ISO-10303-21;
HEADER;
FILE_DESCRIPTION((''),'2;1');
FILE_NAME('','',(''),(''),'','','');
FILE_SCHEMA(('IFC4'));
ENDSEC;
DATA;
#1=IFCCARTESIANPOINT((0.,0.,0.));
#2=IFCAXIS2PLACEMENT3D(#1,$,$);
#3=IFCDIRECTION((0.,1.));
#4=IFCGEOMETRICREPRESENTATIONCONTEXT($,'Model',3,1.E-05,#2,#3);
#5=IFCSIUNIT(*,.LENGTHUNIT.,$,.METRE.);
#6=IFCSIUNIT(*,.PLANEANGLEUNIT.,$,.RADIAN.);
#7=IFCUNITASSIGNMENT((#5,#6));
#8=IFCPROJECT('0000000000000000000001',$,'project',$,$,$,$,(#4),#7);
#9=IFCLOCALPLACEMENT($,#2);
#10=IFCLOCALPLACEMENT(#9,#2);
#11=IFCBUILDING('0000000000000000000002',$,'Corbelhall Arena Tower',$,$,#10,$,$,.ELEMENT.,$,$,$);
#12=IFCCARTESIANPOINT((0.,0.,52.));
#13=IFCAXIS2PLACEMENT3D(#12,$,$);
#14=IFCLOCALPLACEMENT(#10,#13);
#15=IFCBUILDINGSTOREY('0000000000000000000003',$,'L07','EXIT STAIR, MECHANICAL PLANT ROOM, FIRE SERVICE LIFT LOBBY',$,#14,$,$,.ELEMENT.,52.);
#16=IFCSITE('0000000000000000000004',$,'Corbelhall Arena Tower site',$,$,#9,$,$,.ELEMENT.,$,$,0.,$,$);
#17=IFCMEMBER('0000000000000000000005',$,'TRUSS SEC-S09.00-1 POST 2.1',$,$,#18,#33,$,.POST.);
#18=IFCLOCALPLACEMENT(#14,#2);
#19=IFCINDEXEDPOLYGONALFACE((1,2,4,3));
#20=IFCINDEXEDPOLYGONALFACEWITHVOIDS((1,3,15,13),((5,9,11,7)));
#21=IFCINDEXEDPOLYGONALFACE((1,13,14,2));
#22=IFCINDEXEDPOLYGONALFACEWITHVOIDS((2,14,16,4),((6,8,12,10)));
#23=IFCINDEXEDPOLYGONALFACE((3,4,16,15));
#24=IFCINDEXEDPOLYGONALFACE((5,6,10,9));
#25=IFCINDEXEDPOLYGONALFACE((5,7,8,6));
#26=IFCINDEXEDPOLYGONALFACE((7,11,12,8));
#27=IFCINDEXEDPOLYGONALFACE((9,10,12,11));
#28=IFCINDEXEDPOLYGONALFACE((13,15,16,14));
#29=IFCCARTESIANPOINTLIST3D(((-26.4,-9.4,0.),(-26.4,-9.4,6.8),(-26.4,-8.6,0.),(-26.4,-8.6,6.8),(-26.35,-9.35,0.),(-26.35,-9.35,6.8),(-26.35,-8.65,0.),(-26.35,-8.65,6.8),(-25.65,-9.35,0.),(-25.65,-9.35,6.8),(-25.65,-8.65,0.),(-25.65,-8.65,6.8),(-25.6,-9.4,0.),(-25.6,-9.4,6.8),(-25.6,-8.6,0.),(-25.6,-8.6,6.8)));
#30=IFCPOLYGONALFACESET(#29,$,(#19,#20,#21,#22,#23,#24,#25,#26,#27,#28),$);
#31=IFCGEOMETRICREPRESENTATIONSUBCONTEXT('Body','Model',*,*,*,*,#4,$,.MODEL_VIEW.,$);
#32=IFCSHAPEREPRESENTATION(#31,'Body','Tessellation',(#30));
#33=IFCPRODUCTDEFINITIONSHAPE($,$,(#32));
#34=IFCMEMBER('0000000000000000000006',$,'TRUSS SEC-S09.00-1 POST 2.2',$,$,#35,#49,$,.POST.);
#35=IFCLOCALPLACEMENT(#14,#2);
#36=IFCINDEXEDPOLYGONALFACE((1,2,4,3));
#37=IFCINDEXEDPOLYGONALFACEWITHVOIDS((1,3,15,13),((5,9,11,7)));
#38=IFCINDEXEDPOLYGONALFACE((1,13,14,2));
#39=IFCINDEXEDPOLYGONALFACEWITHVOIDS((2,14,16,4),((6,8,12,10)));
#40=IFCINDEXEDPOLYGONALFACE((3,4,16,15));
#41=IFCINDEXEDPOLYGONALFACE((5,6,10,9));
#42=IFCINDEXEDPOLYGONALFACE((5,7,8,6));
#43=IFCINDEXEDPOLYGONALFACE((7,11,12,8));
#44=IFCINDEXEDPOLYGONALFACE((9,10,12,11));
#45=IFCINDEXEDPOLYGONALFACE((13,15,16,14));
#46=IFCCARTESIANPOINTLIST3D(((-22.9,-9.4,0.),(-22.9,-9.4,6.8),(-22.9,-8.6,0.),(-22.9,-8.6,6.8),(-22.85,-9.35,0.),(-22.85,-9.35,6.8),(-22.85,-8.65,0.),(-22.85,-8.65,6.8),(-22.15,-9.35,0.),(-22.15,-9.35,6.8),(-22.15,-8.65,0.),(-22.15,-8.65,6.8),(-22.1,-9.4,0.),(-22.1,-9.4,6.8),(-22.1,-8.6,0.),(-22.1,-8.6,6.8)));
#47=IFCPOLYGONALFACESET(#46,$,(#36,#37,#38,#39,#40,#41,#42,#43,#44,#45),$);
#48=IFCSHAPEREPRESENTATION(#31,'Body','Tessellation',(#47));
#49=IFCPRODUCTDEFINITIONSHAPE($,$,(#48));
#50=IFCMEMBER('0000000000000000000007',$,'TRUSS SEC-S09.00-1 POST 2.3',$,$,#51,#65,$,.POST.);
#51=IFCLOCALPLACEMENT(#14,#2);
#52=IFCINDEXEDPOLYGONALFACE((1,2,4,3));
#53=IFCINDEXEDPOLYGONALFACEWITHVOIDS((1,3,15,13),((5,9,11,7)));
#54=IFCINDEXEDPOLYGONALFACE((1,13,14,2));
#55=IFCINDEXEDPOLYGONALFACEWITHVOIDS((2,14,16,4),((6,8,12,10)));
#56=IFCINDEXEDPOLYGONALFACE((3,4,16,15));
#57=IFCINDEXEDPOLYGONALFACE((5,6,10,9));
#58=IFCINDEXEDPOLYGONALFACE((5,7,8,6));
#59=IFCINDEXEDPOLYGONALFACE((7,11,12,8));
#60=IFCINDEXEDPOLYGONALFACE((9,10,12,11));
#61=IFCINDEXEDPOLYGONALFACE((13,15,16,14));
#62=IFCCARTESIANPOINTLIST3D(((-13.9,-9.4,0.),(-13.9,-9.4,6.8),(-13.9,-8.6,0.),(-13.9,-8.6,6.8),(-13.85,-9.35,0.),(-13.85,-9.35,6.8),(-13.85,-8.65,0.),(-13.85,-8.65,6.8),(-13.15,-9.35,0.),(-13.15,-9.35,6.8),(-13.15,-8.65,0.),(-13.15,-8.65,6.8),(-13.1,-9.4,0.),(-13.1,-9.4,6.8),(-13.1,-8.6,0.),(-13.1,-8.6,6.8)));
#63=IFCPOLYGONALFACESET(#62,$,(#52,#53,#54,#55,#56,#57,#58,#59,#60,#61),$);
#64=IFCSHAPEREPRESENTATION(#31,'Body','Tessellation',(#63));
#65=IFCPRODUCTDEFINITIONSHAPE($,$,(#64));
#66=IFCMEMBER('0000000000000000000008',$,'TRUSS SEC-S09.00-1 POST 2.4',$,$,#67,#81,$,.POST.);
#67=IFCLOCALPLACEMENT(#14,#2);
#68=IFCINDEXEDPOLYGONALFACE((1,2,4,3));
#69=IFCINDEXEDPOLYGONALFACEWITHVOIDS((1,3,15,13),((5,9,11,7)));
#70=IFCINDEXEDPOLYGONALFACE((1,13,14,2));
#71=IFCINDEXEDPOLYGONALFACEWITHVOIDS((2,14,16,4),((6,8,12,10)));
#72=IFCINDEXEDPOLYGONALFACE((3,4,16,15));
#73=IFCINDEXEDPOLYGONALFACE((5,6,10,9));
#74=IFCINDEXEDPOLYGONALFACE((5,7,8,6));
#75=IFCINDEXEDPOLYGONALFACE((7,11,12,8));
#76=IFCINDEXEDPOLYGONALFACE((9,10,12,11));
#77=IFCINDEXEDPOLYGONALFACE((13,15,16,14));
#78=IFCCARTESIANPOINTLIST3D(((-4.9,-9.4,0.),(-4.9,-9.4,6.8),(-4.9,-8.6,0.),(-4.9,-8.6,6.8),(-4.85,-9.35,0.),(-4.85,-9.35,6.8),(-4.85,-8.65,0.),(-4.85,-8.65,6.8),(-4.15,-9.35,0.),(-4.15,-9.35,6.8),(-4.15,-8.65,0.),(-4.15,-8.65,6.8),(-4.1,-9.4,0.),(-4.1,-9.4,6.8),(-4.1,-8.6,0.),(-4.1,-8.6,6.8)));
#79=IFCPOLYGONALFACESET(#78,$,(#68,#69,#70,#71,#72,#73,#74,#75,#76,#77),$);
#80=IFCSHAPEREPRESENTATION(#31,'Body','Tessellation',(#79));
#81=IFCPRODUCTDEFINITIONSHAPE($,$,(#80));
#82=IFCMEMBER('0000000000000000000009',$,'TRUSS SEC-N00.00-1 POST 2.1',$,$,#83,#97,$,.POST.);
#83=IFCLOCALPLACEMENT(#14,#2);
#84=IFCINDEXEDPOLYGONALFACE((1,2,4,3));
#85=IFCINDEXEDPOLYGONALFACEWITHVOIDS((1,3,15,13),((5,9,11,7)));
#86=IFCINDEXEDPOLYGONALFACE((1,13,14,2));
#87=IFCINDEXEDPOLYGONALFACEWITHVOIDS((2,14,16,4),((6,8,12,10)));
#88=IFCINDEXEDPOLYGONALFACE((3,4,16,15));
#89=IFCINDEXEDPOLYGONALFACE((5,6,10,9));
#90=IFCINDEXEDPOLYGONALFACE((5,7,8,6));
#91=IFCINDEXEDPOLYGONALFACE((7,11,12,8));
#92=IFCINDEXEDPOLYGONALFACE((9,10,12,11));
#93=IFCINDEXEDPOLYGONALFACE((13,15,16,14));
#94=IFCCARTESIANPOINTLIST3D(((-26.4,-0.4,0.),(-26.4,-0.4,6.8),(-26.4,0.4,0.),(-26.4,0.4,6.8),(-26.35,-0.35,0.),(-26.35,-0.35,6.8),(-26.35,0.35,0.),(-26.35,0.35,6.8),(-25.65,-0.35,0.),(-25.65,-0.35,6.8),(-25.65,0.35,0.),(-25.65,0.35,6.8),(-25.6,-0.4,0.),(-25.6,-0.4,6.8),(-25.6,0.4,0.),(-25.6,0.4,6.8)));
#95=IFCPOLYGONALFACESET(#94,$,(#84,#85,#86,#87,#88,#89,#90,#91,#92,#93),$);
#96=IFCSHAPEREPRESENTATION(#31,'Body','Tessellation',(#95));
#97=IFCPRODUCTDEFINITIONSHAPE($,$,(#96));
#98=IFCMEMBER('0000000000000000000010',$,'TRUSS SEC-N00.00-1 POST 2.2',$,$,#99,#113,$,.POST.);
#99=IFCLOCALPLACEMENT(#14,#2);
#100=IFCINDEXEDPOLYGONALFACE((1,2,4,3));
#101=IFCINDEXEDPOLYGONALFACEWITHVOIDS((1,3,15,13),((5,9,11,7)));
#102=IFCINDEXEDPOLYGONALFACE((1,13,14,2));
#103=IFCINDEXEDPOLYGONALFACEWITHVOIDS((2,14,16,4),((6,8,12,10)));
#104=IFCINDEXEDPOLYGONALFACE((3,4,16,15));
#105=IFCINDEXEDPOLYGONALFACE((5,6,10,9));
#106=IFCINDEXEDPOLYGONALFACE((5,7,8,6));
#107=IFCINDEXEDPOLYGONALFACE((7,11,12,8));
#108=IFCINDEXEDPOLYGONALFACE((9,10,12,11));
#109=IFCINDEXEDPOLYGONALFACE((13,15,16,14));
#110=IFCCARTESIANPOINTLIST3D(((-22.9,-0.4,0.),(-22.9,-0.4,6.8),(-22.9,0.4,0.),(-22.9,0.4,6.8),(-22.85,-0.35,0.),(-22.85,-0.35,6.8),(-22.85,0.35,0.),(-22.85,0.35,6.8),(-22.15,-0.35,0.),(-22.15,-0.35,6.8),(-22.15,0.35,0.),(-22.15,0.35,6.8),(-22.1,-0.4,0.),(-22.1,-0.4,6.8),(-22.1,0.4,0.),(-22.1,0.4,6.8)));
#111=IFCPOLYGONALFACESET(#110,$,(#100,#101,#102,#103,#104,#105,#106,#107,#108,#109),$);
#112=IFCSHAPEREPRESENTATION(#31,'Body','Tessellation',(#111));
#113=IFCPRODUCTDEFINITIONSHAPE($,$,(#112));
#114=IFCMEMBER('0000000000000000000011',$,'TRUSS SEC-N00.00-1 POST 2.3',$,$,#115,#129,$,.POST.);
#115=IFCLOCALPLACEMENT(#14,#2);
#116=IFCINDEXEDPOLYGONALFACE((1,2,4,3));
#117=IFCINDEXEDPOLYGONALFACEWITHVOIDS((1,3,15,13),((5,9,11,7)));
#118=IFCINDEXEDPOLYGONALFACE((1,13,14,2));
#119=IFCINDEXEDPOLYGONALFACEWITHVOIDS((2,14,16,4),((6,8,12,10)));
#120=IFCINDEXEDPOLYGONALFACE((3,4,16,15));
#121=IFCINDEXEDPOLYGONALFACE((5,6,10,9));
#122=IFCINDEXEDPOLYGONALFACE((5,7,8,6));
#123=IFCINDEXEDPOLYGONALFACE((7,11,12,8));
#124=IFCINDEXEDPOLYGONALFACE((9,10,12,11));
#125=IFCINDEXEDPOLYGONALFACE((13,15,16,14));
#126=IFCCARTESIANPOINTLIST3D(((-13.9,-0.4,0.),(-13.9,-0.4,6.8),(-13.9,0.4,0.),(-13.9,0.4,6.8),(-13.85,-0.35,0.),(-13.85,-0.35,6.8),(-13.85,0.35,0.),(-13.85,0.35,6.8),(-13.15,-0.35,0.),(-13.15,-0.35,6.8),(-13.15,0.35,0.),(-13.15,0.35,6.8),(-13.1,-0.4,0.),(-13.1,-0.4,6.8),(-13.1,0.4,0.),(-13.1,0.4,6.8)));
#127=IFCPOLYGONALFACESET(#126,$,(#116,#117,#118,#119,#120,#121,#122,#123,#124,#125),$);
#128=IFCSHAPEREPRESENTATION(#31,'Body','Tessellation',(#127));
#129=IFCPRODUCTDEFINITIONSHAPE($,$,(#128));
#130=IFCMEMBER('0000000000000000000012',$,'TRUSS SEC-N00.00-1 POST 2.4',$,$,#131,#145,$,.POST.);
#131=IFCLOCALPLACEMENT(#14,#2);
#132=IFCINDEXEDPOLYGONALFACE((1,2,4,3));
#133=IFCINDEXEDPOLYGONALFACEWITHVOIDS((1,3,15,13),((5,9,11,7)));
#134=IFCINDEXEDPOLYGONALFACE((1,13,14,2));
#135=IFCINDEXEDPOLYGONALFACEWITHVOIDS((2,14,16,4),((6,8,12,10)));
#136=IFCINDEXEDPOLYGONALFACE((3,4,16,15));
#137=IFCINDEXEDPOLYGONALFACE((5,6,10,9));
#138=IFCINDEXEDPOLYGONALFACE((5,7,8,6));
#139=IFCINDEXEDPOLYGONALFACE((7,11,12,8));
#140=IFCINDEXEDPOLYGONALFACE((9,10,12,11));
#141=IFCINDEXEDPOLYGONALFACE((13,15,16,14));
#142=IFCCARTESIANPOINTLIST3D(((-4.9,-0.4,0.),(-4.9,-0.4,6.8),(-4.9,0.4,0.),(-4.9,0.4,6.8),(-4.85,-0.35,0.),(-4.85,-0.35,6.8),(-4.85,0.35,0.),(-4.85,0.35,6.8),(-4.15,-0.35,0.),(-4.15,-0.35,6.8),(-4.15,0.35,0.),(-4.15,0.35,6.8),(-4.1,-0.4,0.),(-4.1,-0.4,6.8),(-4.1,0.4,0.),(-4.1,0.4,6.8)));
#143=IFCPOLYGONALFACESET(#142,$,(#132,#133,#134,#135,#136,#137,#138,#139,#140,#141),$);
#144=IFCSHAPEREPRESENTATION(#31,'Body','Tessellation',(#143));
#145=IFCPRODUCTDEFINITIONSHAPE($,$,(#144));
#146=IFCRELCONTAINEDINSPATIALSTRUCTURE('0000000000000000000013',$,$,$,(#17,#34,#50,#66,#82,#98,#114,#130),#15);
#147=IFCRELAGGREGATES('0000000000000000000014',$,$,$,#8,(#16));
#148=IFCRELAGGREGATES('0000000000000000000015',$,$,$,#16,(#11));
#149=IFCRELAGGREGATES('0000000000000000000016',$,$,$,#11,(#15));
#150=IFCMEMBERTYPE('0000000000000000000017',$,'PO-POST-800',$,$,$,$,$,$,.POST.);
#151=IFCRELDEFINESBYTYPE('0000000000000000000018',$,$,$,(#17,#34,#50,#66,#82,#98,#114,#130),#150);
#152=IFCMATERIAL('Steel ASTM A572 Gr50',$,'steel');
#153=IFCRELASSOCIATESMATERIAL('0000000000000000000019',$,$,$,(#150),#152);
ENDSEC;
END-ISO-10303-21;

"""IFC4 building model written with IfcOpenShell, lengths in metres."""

from ifc_helpers import new_model, si_unit, direction, frame, origin, origin_2d, place, context, subcontext, project, spatial, hollow_rectangle, extrude, material, material_profile, profile_set, type_object, element, save


model = new_model("IFC4")

# Units and contexts
model_context = context("Model", 3, precision=1e-05, world=origin(), true_north=direction((0.0, 1.0)))
body_context = subcontext(model_context, "Body", "Model", "MODEL_VIEW")
ifc_project = project(units=[si_unit("LENGTHUNIT", "METRE"), si_unit("PLANEANGLEUNIT", "RADIAN")], contexts=[model_context])

# Site, building, storey
site_placement = place(None, origin())
site = spatial("IfcSite", under=ifc_project, at=site_placement, Name="Corbelhall Arena Tower site", CompositionType="ELEMENT", RefElevation=0.0)
building_placement = place(site_placement, origin())
building = spatial("IfcBuilding", under=site, at=building_placement, Name="Corbelhall Arena Tower", CompositionType="ELEMENT")
storey_placement = place(building_placement, frame((0.0, 0.0, 52.0)))
storey = spatial("IfcBuildingStorey", under=building, at=storey_placement, Name="L07", Description="EXIT STAIR, MECHANICAL PLANT ROOM, FIRE SERVICE LIFT LOBBY", CompositionType="ELEMENT", Elevation=52.0)

# Members
ifc_material_1 = material(Name="Steel ASTM A572 Gr50", Category="steel")
ifc_material_profile_1 = material_profile(ifc_material_1, hollow_rectangle(XDim=0.8, YDim=0.8, WallThickness=0.05, at=origin_2d()))
ifc_profile_set_1 = profile_set([ifc_material_profile_1], Name="Steel ASTM A572 Gr50")
member_type_1 = type_object("IfcMemberType", Name="PO-POST-800", PredefinedType="POST", material=ifc_profile_set_1)
for number, where, z_axis, x_axis, name in (
    (1, (-26.0, -9.0, 0.0), (0.0, 0.0, 1.0), (1.0, 0.0, 0.0), "TRUSS SEC-S09.00-1 POST 2.1"),
    (2, (-22.5, -9.0, 0.0), (0.0, 0.0, 1.0), (1.0, 0.0, 0.0), "TRUSS SEC-S09.00-1 POST 2.2"),
    (3, (-13.5, -9.0, 0.0), (0.0, 0.0, 1.0), (1.0, 0.0, 0.0), "TRUSS SEC-S09.00-1 POST 2.3"),
    (4, (-4.5, -9.0, 0.0), (0.0, 0.0, 1.0), (1.0, 0.0, 0.0), "TRUSS SEC-S09.00-1 POST 2.4"),
    (5, (-26.0, 0.0, 0.0), (0.0, 0.0, 1.0), (1.0, 0.0, 0.0), "TRUSS SEC-N00.00-1 POST 2.1"),
    (6, (-22.5, 0.0, 0.0), (0.0, 0.0, 1.0), (1.0, 0.0, 0.0), "TRUSS SEC-N00.00-1 POST 2.2"),
    (7, (-13.5, 0.0, 0.0), (0.0, 0.0, 1.0), (1.0, 0.0, 0.0), "TRUSS SEC-N00.00-1 POST 2.3"),
    (8, (-4.5, 0.0, 0.0), (0.0, 0.0, 1.0), (1.0, 0.0, 0.0), "TRUSS SEC-N00.00-1 POST 2.4"),
):
    element("IfcMember", number, at=place(storey_placement, frame(where, z_axis=z_axis, x_axis=x_axis)), inside=storey, type_object=member_type_1, Name=name, PredefinedType="POST", context=body_context, shape_type="SweptSolid", body=[
        extrude(hollow_rectangle(XDim=0.8, YDim=0.8, WallThickness=0.05, at=origin_2d()), origin(), (0.0, 0.0, 1.0), 6.8),
    ])

save(model, "model.ifc")
